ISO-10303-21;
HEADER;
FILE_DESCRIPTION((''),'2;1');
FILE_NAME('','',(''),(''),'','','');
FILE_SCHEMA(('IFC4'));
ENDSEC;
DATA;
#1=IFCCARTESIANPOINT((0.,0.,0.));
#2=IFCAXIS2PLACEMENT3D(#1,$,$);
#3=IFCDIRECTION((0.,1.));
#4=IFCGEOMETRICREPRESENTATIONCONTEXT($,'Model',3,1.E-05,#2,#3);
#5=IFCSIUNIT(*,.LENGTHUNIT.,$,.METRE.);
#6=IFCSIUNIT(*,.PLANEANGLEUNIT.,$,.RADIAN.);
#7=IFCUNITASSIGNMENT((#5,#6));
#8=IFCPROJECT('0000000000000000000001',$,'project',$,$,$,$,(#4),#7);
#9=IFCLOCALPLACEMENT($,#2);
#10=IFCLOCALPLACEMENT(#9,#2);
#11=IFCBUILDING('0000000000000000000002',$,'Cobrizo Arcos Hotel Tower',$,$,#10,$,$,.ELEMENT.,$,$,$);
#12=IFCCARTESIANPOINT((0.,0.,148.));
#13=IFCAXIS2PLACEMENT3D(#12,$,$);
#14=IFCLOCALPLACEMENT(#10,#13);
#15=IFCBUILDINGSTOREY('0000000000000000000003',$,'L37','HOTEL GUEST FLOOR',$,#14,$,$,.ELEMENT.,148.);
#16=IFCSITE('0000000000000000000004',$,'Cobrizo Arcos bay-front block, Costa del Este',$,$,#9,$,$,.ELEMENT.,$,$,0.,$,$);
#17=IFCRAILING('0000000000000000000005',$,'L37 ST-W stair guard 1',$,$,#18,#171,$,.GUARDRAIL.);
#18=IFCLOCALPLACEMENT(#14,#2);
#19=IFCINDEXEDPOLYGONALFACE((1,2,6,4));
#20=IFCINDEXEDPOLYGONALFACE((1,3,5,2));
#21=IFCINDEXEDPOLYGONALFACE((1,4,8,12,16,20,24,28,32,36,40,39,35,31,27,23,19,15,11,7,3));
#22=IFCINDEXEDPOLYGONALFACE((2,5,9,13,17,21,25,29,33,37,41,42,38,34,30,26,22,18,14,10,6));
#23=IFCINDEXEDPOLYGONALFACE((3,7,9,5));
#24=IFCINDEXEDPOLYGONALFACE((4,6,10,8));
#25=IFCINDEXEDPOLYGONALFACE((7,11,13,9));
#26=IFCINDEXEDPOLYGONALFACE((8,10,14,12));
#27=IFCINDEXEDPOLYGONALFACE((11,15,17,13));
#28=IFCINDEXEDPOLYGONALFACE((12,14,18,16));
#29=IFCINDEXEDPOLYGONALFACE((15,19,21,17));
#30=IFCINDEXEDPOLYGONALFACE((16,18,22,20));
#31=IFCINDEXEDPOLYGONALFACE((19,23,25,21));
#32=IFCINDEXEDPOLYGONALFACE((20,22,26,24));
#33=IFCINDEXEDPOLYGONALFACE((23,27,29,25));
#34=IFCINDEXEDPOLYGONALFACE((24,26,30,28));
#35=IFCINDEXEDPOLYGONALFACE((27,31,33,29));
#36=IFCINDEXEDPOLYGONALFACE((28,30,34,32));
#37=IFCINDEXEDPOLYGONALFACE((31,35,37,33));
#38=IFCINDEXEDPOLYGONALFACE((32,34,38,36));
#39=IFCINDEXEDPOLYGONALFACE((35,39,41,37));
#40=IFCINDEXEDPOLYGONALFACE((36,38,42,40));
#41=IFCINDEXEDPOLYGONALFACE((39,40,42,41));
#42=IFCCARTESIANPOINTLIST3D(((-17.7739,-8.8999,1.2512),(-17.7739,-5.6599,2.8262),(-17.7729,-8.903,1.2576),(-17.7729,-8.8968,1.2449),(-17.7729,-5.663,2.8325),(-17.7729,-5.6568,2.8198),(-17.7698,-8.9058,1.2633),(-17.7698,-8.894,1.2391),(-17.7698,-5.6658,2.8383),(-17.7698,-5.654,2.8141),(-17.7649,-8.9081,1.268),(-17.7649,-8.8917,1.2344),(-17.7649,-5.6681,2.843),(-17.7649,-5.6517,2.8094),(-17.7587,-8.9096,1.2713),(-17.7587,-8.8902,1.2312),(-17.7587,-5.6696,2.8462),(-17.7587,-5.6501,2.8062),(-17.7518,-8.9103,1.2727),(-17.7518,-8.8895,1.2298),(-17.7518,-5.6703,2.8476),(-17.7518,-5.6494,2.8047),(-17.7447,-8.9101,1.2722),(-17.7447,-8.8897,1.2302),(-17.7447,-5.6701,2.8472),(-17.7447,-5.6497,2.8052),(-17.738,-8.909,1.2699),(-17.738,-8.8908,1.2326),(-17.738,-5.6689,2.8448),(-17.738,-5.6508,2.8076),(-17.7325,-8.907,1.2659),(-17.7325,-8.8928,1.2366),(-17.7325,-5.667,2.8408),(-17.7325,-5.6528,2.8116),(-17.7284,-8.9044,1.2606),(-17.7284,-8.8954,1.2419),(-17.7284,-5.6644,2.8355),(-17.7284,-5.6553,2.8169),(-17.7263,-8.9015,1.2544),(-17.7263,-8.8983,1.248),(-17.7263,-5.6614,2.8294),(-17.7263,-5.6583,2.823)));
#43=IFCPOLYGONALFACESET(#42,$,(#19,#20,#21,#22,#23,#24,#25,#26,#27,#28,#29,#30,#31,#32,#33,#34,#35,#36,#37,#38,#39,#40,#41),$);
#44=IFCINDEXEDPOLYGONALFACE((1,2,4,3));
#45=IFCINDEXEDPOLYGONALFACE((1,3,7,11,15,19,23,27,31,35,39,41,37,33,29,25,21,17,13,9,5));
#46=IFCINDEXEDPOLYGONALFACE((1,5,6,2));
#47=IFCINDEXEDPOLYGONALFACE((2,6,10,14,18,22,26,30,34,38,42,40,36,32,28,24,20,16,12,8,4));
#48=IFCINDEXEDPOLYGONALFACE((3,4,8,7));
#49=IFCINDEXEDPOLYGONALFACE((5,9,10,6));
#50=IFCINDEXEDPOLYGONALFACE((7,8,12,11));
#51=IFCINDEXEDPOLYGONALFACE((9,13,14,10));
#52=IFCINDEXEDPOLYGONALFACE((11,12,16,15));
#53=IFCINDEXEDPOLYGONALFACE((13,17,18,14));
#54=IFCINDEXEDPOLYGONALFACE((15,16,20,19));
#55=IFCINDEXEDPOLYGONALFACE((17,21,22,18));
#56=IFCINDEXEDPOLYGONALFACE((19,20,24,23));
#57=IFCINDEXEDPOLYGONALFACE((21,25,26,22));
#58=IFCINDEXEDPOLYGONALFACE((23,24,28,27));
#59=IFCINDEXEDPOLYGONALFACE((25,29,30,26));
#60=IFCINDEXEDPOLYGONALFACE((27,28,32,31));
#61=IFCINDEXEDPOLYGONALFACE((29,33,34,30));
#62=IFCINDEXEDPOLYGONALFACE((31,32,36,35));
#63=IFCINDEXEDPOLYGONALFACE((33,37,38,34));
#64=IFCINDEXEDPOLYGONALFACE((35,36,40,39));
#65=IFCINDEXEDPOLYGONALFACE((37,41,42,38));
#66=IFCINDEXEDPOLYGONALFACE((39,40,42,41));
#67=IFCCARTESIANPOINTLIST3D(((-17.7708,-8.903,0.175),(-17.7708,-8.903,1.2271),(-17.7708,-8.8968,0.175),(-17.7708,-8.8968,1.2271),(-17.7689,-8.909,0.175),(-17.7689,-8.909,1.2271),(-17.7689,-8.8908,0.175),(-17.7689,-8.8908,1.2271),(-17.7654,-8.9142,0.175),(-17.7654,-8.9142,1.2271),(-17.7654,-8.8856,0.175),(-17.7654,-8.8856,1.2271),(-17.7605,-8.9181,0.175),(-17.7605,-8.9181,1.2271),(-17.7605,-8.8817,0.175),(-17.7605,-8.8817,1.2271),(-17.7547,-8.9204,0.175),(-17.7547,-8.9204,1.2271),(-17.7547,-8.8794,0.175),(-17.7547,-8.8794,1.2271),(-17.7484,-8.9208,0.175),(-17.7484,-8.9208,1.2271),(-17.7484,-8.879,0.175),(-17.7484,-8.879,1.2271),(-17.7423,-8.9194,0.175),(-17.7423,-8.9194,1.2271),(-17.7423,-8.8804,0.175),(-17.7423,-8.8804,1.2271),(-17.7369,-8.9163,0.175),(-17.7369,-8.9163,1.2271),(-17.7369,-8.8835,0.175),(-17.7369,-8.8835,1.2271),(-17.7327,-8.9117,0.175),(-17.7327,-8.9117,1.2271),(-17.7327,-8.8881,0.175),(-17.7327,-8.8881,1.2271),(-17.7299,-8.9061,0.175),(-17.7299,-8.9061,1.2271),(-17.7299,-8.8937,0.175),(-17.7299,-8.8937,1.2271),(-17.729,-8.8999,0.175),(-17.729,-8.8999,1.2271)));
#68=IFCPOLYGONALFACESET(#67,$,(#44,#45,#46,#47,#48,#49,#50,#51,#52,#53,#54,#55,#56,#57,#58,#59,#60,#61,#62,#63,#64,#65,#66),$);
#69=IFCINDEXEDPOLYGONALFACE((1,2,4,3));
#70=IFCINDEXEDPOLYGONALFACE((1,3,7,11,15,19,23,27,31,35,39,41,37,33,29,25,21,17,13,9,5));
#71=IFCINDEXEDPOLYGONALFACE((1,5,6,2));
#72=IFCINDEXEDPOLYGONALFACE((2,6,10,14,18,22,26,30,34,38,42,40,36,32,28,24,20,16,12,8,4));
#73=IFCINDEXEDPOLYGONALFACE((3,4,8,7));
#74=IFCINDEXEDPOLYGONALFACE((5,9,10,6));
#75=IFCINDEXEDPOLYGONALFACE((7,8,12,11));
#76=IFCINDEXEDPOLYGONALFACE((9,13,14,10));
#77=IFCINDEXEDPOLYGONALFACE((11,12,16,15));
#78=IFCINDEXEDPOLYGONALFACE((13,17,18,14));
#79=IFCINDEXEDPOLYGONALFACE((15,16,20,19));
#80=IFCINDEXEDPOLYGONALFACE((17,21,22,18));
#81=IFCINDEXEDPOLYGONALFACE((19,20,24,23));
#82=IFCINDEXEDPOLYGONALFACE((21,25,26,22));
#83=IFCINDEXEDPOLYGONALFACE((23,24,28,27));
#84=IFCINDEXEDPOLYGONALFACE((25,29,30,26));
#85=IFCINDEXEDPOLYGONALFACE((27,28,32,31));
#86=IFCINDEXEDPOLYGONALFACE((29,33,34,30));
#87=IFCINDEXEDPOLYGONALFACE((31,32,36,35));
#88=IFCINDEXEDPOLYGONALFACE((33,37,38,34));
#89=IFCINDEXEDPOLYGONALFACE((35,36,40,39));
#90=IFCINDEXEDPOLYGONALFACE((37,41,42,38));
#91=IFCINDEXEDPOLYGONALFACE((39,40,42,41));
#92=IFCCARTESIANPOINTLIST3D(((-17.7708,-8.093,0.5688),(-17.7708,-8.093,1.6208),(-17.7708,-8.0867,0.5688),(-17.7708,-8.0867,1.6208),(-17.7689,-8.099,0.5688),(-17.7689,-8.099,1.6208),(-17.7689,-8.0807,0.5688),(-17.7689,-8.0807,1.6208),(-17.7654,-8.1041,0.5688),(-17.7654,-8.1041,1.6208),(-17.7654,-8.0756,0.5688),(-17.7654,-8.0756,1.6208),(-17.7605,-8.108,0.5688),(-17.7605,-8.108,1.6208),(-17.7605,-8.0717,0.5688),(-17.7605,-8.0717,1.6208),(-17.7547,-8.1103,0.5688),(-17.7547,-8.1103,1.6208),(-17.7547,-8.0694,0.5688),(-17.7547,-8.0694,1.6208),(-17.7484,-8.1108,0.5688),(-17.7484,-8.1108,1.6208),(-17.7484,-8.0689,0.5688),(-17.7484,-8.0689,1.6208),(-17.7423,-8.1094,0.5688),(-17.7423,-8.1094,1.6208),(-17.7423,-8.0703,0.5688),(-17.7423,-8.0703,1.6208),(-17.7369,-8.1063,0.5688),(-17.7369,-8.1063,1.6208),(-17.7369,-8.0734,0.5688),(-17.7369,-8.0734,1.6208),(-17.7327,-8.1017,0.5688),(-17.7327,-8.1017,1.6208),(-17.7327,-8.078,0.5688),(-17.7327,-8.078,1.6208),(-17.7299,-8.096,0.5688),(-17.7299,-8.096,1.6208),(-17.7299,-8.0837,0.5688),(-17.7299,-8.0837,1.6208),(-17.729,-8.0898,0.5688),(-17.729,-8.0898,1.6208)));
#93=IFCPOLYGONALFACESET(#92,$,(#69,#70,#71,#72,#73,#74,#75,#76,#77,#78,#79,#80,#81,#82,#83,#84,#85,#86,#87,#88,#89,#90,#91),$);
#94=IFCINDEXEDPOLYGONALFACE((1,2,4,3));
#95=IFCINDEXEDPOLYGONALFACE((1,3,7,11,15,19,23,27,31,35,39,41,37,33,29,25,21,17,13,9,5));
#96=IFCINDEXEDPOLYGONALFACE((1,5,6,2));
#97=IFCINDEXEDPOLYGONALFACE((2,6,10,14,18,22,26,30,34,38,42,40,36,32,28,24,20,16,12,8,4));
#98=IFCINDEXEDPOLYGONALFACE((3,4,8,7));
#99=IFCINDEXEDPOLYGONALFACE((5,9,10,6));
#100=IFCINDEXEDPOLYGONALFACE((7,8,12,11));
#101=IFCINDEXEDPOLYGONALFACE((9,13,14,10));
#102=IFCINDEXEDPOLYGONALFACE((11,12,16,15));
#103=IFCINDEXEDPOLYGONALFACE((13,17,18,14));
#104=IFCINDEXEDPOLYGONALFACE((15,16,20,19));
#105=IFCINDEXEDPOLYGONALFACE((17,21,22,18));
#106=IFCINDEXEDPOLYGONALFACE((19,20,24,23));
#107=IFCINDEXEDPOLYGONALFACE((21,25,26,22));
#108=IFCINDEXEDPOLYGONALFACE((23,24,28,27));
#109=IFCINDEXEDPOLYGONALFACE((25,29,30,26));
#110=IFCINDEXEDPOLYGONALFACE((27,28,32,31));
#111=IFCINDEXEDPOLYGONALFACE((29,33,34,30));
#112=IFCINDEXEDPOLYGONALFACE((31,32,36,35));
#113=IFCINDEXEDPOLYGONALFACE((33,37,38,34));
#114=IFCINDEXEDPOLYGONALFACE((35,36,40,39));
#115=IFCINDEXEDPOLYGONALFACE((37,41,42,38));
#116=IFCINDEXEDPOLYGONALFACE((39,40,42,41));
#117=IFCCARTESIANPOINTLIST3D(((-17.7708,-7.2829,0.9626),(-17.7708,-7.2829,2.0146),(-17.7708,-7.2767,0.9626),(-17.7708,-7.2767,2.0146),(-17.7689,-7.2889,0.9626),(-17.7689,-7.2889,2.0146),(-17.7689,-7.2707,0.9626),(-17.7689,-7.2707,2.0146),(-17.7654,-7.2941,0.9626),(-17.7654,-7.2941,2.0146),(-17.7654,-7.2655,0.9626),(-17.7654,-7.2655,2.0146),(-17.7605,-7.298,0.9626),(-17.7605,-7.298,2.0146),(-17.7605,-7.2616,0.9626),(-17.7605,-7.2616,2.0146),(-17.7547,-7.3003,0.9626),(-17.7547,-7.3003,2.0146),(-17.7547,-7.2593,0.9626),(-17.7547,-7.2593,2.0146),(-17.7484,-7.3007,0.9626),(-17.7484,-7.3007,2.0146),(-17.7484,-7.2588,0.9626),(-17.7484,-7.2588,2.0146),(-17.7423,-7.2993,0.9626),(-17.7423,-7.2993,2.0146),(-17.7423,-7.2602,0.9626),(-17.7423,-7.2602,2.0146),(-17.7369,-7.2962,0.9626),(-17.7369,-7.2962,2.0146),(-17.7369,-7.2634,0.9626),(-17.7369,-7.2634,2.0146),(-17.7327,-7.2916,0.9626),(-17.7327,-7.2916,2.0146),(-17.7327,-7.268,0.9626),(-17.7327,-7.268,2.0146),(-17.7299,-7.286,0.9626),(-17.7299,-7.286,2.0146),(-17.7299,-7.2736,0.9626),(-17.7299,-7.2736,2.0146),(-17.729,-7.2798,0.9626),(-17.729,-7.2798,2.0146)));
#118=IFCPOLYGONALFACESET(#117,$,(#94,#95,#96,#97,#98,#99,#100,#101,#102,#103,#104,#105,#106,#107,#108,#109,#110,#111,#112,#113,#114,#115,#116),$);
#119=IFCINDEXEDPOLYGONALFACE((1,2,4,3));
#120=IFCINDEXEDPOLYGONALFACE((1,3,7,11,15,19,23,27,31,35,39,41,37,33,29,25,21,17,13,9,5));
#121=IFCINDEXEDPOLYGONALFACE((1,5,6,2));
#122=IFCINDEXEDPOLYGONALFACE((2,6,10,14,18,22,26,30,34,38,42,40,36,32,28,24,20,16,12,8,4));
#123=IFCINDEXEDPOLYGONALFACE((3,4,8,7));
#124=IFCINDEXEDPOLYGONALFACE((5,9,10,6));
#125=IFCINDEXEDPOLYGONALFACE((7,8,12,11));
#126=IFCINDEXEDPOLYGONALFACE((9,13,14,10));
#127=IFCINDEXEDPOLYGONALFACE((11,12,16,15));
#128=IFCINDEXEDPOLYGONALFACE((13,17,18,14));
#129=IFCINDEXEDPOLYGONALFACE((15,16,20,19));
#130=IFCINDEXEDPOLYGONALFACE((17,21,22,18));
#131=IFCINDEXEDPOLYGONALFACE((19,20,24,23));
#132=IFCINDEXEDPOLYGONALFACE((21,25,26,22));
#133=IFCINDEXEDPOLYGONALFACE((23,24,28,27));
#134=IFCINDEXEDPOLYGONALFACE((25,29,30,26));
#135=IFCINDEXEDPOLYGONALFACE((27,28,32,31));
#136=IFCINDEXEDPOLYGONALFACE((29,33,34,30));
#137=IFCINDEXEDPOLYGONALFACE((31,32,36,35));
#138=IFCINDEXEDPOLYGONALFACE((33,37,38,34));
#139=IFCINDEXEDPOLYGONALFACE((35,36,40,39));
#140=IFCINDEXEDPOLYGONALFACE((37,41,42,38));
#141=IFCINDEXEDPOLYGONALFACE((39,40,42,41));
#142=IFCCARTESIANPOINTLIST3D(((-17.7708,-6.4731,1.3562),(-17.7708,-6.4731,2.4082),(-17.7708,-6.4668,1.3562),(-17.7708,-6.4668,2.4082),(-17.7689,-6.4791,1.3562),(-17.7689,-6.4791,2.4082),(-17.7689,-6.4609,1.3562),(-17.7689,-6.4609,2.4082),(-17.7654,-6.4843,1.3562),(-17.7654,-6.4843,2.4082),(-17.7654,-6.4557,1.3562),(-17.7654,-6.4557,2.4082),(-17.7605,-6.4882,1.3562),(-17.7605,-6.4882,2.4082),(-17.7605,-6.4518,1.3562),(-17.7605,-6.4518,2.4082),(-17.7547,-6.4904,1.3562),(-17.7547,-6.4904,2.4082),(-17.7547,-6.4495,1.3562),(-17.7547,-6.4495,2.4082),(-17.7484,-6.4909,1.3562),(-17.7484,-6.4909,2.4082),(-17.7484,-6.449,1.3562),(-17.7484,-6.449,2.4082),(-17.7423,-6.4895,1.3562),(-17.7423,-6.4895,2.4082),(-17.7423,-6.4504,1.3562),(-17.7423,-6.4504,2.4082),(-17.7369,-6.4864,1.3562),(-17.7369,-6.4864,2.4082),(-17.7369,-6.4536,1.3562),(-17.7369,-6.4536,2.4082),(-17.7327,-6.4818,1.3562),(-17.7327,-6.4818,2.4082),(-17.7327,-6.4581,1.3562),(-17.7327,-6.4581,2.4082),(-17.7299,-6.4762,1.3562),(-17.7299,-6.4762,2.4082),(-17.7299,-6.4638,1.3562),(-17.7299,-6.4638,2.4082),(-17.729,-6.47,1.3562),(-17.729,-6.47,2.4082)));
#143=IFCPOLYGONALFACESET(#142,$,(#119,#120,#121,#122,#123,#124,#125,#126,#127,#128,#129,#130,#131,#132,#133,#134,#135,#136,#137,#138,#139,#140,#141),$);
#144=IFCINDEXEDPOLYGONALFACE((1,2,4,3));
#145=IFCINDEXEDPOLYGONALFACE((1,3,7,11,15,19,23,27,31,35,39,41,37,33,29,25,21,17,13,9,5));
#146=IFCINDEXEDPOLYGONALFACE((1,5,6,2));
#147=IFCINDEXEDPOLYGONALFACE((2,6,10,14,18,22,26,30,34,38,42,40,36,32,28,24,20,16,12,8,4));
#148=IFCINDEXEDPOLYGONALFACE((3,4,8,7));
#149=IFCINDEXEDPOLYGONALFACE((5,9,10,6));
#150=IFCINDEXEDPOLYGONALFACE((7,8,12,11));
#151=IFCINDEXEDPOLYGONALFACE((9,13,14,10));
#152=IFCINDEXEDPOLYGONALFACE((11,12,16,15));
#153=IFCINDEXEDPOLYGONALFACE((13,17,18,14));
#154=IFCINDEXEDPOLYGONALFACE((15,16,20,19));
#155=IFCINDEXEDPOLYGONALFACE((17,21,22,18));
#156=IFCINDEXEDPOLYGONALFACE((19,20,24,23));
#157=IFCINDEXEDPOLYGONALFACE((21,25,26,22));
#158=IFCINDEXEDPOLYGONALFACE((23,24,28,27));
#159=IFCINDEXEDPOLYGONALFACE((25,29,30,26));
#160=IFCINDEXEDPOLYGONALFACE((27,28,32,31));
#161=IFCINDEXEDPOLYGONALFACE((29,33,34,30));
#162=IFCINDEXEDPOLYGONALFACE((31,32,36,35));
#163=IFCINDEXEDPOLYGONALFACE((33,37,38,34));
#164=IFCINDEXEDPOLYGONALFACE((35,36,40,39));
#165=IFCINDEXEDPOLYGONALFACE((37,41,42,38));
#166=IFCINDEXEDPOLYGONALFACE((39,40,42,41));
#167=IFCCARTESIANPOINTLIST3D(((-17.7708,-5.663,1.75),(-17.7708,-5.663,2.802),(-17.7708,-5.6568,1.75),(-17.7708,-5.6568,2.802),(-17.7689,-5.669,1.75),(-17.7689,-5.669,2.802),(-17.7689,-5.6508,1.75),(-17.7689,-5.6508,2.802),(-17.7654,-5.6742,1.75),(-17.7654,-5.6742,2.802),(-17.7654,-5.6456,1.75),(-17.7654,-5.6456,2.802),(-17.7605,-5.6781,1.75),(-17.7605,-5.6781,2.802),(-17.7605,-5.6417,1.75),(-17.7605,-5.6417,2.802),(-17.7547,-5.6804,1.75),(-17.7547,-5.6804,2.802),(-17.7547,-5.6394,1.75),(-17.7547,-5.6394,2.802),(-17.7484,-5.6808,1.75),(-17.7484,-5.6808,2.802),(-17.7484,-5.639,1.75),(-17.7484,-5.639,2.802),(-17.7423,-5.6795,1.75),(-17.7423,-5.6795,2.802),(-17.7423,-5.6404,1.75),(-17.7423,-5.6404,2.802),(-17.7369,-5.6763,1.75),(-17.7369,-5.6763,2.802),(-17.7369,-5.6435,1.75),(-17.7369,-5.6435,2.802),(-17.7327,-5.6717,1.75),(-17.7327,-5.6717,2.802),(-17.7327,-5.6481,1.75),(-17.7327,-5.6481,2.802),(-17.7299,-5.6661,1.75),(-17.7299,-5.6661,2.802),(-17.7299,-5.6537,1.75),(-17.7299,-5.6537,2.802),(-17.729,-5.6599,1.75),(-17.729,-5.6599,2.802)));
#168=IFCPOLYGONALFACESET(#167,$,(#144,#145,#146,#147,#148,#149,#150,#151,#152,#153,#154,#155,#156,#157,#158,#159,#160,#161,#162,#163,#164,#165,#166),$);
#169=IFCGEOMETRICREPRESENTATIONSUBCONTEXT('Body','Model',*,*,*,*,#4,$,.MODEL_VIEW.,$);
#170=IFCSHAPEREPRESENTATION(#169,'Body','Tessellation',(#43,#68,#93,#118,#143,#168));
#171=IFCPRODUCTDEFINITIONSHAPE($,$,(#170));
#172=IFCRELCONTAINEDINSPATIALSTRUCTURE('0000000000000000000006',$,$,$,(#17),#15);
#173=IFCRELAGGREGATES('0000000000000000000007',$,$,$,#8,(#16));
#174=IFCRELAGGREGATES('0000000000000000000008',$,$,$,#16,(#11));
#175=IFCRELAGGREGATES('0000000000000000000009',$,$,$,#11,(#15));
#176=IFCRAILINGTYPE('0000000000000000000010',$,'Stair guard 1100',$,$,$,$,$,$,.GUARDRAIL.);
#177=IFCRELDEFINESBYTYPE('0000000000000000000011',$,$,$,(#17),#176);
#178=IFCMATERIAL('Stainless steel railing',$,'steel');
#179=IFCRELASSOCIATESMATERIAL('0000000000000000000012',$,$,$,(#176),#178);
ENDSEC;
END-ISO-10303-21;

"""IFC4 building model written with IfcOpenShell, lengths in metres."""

from ifc_helpers import new_model, si_unit, direction, frame, origin, origin_2d, place, context, subcontext, project, spatial, circle, extrude, material, type_object, element, save


model = new_model("IFC4")

# Units and contexts
model_context = context("Model", 3, precision=1e-05, world=origin(), true_north=direction((0.0, 1.0)))
body_context = subcontext(model_context, "Body", "Model", "MODEL_VIEW")
ifc_project = project(units=[si_unit("LENGTHUNIT", "METRE"), si_unit("PLANEANGLEUNIT", "RADIAN")], contexts=[model_context])

# Site, building, storey
site_placement = place(None, origin())
site = spatial("IfcSite", under=ifc_project, at=site_placement, Name="Cobrizo Arcos bay-front block, Costa del Este", CompositionType="ELEMENT", RefElevation=0.0)
building_placement = place(site_placement, origin())
building = spatial("IfcBuilding", under=site, at=building_placement, Name="Cobrizo Arcos Hotel Tower", CompositionType="ELEMENT")
storey_placement = place(building_placement, frame((0.0, 0.0, 148.0)))
storey = spatial("IfcBuildingStorey", under=building, at=storey_placement, Name="L37", Description="HOTEL GUEST FLOOR", CompositionType="ELEMENT", Elevation=148.0)

# Railing
ifc_material_1 = material(Name="Stainless steel railing", Category="steel")
railing_type_1 = type_object("IfcRailingType", Name="Stair guard 1100", PredefinedType="GUARDRAIL", material=ifc_material_1)
railing_1_placement = place(storey_placement, frame((-17.75, -8.8999, 0.175)))
element("IfcRailing", 1, at=railing_1_placement, inside=storey, type_object=railing_type_1, Name="L37 ST-W stair guard 1", PredefinedType="GUARDRAIL", context=body_context, shape_type="SweptSolid", body=[
    extrude(circle(Radius=0.0239, at=origin_2d()), frame((0.0, 0.0, 1.0762), z_axis=(0.0, 0.899373, 0.437183), x_axis=(-1.0, 0.0, 0.0)), (0.0, 0.0, 1.0), 3.6025),
    extrude(circle(Radius=0.021, at=origin_2d()), origin(), (0.0, 0.0, 1.0), 1.052),
    extrude(circle(Radius=0.021, at=origin_2d()), frame((0.0, 0.8101, 0.3938)), (0.0, 0.0, 1.0), 1.052),
    extrude(circle(Radius=0.021, at=origin_2d()), frame((0.0, 1.6201, 0.7876)), (0.0, 0.0, 1.0), 1.052),
    extrude(circle(Radius=0.021, at=origin_2d()), frame((0.0, 2.4299, 1.1812)), (0.0, 0.0, 1.0), 1.052),
    extrude(circle(Radius=0.021, at=origin_2d()), frame((0.0, 3.24, 1.575)), (0.0, 0.0, 1.0), 1.052),
])

save(model, "model.ifc")
